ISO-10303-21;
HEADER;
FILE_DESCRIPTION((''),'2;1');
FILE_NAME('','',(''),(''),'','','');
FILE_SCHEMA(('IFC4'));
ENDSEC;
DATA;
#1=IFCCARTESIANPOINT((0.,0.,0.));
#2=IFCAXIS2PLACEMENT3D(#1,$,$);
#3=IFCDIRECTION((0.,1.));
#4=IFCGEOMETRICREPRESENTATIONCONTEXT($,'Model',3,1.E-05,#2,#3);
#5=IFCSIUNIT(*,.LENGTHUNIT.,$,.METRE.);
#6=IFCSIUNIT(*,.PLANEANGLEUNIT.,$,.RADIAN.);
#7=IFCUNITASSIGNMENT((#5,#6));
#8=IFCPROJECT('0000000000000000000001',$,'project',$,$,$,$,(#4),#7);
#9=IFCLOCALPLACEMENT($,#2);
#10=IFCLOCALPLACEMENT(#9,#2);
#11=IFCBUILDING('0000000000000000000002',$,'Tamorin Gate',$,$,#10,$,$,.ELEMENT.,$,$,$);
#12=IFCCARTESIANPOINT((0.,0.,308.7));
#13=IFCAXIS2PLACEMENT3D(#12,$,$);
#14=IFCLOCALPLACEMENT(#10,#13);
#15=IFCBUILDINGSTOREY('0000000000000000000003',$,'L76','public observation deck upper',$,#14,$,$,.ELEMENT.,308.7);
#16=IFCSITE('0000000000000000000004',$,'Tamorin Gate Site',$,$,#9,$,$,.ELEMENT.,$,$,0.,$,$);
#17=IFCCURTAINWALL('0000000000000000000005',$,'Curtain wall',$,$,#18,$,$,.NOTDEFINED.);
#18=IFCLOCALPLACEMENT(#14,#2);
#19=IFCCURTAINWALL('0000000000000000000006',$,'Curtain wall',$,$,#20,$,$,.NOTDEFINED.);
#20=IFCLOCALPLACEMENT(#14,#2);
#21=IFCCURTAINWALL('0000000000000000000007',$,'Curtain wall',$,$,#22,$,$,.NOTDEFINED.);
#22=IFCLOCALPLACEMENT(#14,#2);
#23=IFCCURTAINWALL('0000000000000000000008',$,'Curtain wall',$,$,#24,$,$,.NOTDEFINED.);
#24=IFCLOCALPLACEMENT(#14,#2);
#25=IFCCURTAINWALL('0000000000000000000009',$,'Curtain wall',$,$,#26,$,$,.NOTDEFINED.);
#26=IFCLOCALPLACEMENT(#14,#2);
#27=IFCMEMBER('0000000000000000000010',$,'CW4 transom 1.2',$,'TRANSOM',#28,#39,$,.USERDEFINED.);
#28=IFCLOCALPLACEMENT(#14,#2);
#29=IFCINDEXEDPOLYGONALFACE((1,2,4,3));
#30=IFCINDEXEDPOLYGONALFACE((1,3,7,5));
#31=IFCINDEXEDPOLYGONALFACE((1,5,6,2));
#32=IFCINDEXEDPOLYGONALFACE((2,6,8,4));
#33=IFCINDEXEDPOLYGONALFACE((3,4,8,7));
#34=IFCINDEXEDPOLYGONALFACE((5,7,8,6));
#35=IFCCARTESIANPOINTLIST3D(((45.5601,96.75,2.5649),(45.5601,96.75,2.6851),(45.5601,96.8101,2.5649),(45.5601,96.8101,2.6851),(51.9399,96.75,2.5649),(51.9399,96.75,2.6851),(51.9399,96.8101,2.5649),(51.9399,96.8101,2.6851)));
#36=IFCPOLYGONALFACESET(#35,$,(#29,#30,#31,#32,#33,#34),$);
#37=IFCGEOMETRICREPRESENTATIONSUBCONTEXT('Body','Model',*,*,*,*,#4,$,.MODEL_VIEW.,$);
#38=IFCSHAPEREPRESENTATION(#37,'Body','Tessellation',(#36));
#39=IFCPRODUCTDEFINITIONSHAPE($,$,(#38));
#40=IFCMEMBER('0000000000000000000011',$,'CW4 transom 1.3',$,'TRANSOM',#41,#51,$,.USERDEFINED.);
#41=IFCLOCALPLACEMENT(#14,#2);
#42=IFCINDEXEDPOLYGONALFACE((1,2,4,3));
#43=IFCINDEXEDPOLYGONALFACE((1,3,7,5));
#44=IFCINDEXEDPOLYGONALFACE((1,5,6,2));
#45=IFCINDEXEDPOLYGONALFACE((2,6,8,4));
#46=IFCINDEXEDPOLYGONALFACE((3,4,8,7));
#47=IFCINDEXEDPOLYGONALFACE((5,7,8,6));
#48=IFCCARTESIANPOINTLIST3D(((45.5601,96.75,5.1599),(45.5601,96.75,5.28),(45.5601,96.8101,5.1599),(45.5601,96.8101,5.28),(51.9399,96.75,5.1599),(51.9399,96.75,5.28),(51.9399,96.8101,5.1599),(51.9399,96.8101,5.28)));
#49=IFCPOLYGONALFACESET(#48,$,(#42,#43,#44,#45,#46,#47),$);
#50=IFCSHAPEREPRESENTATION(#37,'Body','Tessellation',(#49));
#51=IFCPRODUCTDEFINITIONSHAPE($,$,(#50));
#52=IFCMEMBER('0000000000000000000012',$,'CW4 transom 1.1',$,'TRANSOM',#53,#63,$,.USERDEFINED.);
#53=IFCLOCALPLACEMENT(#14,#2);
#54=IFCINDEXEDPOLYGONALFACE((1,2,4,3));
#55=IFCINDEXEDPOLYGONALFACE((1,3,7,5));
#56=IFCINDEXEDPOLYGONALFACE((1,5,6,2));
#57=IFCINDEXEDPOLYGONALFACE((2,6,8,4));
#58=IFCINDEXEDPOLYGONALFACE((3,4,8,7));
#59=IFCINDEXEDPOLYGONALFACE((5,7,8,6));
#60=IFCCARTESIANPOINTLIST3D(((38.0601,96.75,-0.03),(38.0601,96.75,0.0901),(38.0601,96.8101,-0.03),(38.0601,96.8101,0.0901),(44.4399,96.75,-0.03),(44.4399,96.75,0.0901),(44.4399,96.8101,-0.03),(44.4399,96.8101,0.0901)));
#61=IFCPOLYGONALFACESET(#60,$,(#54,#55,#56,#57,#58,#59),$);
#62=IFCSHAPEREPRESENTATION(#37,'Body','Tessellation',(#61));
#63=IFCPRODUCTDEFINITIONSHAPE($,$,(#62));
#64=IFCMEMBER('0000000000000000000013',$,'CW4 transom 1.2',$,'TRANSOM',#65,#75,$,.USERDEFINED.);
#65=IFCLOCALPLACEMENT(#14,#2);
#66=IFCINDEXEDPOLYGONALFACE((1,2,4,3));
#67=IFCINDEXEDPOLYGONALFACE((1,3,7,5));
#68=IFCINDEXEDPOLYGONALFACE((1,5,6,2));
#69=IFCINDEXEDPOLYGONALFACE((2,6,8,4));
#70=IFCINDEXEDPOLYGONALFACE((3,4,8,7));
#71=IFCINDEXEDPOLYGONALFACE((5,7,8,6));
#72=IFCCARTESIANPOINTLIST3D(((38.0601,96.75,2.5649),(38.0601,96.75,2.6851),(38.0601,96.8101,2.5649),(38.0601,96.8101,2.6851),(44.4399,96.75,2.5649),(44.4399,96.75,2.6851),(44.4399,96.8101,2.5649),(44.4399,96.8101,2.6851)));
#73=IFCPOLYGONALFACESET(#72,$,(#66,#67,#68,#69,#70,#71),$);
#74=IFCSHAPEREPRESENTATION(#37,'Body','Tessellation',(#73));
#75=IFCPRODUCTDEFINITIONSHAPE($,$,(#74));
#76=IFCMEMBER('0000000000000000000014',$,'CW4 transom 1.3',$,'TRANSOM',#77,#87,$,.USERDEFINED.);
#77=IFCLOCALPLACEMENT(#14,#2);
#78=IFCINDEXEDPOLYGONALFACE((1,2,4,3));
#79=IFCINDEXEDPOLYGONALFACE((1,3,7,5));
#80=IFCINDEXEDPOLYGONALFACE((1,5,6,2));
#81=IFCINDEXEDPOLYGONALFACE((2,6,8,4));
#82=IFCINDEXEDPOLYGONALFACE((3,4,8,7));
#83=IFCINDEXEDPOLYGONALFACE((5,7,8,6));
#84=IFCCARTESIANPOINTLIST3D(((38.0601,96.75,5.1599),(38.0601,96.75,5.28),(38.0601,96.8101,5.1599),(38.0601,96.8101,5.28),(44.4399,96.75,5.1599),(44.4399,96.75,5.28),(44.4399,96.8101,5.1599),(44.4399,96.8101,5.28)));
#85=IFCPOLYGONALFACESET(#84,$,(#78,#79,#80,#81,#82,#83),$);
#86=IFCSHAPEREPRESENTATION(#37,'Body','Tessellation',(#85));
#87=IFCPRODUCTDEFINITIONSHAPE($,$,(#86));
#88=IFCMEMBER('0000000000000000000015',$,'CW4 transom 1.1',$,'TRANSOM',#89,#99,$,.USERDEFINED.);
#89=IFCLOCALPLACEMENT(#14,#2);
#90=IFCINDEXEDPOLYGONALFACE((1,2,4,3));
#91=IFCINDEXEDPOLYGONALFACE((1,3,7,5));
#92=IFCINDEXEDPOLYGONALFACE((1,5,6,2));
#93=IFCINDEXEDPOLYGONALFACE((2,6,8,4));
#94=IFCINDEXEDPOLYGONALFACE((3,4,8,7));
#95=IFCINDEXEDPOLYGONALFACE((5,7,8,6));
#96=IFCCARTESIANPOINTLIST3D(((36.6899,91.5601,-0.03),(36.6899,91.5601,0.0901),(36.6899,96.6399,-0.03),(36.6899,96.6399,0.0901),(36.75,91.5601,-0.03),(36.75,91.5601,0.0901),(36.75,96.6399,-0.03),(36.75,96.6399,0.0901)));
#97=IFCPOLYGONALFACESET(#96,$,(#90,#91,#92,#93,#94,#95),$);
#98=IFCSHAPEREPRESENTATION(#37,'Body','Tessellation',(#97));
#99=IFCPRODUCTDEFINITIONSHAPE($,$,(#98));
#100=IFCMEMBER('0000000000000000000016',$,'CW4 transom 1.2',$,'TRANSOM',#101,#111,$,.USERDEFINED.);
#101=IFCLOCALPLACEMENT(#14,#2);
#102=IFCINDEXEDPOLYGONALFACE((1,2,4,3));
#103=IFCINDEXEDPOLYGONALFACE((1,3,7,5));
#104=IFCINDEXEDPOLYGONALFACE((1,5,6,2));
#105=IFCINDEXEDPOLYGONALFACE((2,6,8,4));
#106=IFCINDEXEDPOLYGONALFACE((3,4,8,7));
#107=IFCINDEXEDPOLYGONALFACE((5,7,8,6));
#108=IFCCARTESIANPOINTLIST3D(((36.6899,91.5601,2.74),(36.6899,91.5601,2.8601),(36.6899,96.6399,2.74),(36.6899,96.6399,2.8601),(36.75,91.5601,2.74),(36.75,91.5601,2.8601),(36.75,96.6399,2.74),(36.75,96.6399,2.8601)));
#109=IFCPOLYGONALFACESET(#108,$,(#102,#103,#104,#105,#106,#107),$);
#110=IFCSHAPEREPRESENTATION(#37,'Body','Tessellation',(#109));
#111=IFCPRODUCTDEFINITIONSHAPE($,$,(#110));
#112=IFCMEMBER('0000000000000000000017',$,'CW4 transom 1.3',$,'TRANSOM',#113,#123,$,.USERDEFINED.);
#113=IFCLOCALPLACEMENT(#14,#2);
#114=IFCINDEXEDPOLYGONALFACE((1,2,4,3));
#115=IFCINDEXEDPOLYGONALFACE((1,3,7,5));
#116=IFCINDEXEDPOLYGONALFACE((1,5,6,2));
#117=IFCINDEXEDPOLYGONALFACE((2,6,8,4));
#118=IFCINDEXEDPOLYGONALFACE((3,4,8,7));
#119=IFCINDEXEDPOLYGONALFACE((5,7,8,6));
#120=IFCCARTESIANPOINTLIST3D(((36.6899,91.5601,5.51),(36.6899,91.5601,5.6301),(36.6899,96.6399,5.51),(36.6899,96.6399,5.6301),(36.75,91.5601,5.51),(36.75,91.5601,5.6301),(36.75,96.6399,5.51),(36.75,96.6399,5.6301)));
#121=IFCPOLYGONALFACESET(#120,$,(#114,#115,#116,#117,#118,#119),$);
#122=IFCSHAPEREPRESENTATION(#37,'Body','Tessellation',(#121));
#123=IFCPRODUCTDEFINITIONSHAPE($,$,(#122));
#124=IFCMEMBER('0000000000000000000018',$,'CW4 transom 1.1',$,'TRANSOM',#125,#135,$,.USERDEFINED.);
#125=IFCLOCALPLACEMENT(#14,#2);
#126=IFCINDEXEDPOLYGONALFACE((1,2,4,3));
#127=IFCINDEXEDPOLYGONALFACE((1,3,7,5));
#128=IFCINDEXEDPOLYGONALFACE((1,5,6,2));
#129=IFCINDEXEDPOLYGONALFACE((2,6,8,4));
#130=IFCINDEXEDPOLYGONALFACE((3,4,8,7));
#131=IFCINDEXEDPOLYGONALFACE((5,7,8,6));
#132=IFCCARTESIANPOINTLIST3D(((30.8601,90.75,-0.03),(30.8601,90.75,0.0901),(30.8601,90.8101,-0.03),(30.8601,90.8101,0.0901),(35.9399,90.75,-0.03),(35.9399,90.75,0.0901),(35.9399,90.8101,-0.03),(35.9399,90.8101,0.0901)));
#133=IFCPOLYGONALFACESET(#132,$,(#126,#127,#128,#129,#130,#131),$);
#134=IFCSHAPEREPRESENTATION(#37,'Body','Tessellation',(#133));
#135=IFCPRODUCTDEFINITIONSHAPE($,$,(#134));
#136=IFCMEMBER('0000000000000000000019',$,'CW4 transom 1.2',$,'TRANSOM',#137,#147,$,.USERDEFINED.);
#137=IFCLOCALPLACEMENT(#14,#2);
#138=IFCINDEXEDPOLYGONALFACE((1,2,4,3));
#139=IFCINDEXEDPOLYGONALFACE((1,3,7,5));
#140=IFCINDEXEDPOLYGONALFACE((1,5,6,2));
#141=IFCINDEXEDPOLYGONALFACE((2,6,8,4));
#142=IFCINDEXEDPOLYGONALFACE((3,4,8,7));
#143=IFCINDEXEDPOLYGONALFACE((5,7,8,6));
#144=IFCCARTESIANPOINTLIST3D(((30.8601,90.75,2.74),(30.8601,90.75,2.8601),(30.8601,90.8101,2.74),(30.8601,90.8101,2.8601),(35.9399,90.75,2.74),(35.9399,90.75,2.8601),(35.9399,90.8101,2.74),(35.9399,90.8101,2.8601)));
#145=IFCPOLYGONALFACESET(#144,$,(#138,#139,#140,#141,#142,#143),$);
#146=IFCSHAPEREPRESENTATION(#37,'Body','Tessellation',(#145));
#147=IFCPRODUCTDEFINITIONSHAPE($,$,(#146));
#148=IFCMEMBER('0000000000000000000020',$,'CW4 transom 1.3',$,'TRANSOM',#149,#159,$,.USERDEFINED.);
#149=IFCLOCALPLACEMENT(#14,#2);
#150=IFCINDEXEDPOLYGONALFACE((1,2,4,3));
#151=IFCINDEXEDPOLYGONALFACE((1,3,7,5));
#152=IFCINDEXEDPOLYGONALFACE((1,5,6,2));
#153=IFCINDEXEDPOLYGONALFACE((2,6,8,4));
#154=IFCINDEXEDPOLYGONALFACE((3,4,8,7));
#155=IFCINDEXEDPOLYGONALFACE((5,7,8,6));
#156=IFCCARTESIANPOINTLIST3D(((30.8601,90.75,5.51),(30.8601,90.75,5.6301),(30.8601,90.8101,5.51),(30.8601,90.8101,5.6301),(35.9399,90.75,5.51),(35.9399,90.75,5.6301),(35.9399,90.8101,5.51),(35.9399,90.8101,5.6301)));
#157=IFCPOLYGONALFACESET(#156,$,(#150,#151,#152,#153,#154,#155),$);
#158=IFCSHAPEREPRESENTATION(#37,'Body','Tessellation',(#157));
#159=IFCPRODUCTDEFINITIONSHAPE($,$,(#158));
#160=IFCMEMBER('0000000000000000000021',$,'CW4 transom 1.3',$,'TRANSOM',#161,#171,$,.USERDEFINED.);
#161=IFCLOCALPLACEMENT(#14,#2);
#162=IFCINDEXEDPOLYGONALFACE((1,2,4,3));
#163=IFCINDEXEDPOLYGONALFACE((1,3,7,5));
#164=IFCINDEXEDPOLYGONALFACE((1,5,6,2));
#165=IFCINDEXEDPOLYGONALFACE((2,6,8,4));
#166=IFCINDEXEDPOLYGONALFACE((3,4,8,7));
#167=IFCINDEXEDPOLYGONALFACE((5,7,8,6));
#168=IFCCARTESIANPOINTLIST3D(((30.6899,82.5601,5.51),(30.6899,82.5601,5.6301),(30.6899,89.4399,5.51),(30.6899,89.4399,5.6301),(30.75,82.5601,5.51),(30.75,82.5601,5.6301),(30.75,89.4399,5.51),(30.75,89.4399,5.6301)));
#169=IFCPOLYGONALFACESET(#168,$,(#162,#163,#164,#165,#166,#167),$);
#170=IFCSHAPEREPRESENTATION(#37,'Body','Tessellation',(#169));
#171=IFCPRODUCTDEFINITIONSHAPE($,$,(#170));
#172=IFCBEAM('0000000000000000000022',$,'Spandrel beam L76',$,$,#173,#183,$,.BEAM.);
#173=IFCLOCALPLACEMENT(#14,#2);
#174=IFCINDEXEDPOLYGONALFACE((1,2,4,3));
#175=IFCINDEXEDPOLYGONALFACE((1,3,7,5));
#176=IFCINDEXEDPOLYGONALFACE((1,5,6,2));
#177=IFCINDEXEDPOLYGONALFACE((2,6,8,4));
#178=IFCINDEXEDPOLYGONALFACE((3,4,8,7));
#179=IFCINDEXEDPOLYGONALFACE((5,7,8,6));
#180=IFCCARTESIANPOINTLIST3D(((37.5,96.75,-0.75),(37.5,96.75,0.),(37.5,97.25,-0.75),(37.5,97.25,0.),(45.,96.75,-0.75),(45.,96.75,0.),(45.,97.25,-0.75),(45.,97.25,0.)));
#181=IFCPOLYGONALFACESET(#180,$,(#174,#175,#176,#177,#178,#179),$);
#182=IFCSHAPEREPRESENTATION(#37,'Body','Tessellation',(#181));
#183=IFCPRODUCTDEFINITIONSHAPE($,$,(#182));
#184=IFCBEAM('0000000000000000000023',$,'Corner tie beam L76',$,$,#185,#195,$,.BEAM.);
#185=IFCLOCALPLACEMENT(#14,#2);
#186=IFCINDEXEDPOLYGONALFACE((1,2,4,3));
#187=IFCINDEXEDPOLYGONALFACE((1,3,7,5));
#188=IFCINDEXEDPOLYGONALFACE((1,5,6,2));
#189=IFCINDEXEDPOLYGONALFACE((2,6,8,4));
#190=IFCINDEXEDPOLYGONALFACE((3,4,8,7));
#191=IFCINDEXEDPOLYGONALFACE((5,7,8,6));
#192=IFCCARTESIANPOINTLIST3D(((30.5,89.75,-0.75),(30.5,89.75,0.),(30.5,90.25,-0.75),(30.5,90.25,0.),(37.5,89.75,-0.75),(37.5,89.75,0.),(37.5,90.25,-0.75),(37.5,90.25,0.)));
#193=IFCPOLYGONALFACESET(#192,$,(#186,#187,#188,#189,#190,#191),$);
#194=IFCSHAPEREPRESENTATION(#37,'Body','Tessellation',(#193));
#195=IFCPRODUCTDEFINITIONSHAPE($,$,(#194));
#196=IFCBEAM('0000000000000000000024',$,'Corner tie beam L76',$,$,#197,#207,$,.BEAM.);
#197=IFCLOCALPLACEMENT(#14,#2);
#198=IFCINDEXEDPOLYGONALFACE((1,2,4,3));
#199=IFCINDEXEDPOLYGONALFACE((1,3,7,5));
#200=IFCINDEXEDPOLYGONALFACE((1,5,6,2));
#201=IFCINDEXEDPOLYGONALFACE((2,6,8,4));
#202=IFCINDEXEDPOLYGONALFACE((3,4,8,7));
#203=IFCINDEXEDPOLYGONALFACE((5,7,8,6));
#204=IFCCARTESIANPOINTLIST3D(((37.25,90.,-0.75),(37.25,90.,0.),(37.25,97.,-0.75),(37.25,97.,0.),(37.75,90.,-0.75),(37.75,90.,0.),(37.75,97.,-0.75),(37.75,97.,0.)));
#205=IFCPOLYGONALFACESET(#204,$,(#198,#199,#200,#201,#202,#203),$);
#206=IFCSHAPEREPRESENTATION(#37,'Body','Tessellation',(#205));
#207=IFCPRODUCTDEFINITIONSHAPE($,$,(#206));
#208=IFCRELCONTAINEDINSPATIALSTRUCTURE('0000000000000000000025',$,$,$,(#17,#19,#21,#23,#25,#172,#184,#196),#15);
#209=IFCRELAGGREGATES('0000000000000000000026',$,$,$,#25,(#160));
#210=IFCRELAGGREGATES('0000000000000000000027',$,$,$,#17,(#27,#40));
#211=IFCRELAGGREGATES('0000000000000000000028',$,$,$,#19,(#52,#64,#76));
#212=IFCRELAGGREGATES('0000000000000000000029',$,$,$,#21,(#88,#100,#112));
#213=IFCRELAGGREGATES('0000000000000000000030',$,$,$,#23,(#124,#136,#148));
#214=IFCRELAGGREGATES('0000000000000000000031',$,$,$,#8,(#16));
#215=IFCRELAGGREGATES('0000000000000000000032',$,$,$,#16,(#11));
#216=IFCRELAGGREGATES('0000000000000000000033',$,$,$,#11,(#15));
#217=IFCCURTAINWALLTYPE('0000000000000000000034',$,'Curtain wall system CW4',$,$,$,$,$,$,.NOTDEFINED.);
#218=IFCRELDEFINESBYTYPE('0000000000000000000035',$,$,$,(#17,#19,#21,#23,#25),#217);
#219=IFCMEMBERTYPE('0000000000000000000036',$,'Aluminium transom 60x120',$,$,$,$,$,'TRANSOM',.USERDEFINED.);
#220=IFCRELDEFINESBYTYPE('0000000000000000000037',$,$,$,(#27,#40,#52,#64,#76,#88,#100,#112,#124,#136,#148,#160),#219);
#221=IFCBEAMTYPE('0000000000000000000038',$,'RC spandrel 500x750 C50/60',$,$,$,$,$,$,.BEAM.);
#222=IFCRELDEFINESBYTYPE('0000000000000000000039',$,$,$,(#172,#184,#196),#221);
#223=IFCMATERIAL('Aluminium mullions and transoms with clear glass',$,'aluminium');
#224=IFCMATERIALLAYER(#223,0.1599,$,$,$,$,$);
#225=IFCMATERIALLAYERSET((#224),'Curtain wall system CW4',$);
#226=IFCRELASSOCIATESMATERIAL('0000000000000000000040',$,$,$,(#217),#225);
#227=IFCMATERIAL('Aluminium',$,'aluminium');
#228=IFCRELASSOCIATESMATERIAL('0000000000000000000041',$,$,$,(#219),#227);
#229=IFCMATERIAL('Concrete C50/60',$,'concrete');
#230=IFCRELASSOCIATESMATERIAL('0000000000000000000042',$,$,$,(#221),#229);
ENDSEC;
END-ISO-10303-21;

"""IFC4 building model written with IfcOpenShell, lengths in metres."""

from ifc_helpers import new_model, si_unit, direction, frame, origin, origin_2d, place, context, subcontext, project, spatial, rectangle, extrude, material, layer, layer_set, material_profile, profile_set, type_object, element, aggregate, save


model = new_model("IFC4")

# Units and contexts
model_context = context("Model", 3, precision=1e-05, world=origin(), true_north=direction((0.0, 1.0)))
body_context = subcontext(model_context, "Body", "Model", "MODEL_VIEW")
ifc_project = project(units=[si_unit("LENGTHUNIT", "METRE"), si_unit("PLANEANGLEUNIT", "RADIAN")], contexts=[model_context])

# Site, building, storey
site_placement = place(None, origin())
site = spatial("IfcSite", under=ifc_project, at=site_placement, Name="Tamorin Gate Site", CompositionType="ELEMENT", RefElevation=0.0)
building_placement = place(site_placement, origin())
building = spatial("IfcBuilding", under=site, at=building_placement, Name="Tamorin Gate", CompositionType="ELEMENT")
storey_placement = place(building_placement, frame((0.0, 0.0, 308.7)))
storey = spatial("IfcBuildingStorey", under=building, at=storey_placement, Name="L76", Description="public observation deck upper", CompositionType="ELEMENT", Elevation=308.7)

# Shared definitions
ifc_material_1 = material(Name="Concrete C50/60", Category="concrete")

# Curtain walls
ifc_material_2 = material(Name="Aluminium mullions and transoms with clear glass", Category="aluminium")
ifc_layer_1 = layer(ifc_material_2, 0.1599)
ifc_layer_set_1 = layer_set([ifc_layer_1], Name="Curtain wall system CW4")
curtain_wall_type = type_object("IfcCurtainWallType", Name="Curtain wall system CW4", PredefinedType="NOTDEFINED", material=ifc_layer_set_1)
curtain_wall_1_placement = place(storey_placement, origin())
curtain_wall_1 = element("IfcCurtainWall", 1, at=curtain_wall_1_placement, inside=storey, type_object=curtain_wall_type, Name="Curtain wall", PredefinedType="NOTDEFINED")
ifc_material_3 = material(Name="Aluminium", Category="aluminium")
curtain_wall_2_placement = place(storey_placement, origin())
curtain_wall_2 = element("IfcCurtainWall", 2, at=curtain_wall_2_placement, inside=storey, type_object=curtain_wall_type, Name="Curtain wall", PredefinedType="NOTDEFINED")
curtain_wall_3_placement = place(storey_placement, origin())
curtain_wall_3 = element("IfcCurtainWall", 3, at=curtain_wall_3_placement, inside=storey, type_object=curtain_wall_type, Name="Curtain wall", PredefinedType="NOTDEFINED")
curtain_wall_4_placement = place(storey_placement, origin())
curtain_wall_4 = element("IfcCurtainWall", 4, at=curtain_wall_4_placement, inside=storey, type_object=curtain_wall_type, Name="Curtain wall", PredefinedType="NOTDEFINED")

# Curtain wall
curtain_wall_5_placement = place(storey_placement, origin())
curtain_wall_5 = element("IfcCurtainWall", 5, at=curtain_wall_5_placement, inside=storey, type_object=curtain_wall_type, Name="Curtain wall", PredefinedType="NOTDEFINED")

# Members
ifc_material_profile_1 = material_profile(ifc_material_3, rectangle(XDim=0.0601, YDim=0.1201, at=origin_2d()), Name="RECT 60x120")
ifc_profile_set_1 = profile_set([ifc_material_profile_1], Name="Aluminium")
member_type_1 = type_object("IfcMemberType", Name="Aluminium transom 60x120", ElementType="TRANSOM", PredefinedType="USERDEFINED", material=ifc_profile_set_1)
member_1_placement = place(storey_placement, frame((51.9399, 96.78, 2.625), z_axis=(-1.0, 0.0, 0.0), x_axis=(0.0, -1.0, 0.0)))
member_1 = element("IfcMember", 6, at=member_1_placement, type_object=member_type_1, Name="CW4 transom 1.2", ObjectType="TRANSOM", PredefinedType="USERDEFINED", context=body_context, shape_type="SweptSolid", body=[
    extrude(rectangle(XDim=0.0601, YDim=0.1201, at=origin_2d()), origin(), (0.0, 0.0, 1.0), 6.3799),
])
member_2_placement = place(storey_placement, frame((51.9399, 96.78, 5.22), z_axis=(-1.0, 0.0, 0.0), x_axis=(0.0, -1.0, 0.0)))
member_2 = element("IfcMember", 7, at=member_2_placement, type_object=member_type_1, Name="CW4 transom 1.3", ObjectType="TRANSOM", PredefinedType="USERDEFINED", context=body_context, shape_type="SweptSolid", body=[
    extrude(rectangle(XDim=0.0601, YDim=0.1201, at=origin_2d()), origin(), (0.0, 0.0, 1.0), 6.3799),
])
member_3_placement = place(storey_placement, frame((44.4399, 96.78, 0.03), z_axis=(-1.0, 0.0, 0.0), x_axis=(0.0, -1.0, 0.0)))
member_3 = element("IfcMember", 8, at=member_3_placement, type_object=member_type_1, Name="CW4 transom 1.1", ObjectType="TRANSOM", PredefinedType="USERDEFINED", context=body_context, shape_type="SweptSolid", body=[
    extrude(rectangle(XDim=0.0601, YDim=0.1201, at=origin_2d()), origin(), (0.0, 0.0, 1.0), 6.3799),
])
member_4_placement = place(storey_placement, frame((44.4399, 96.78, 2.625), z_axis=(-1.0, 0.0, 0.0), x_axis=(0.0, -1.0, 0.0)))
member_4 = element("IfcMember", 9, at=member_4_placement, type_object=member_type_1, Name="CW4 transom 1.2", ObjectType="TRANSOM", PredefinedType="USERDEFINED", context=body_context, shape_type="SweptSolid", body=[
    extrude(rectangle(XDim=0.0601, YDim=0.1201, at=origin_2d()), origin(), (0.0, 0.0, 1.0), 6.3799),
])
member_5_placement = place(storey_placement, frame((44.4399, 96.78, 5.22), z_axis=(-1.0, 0.0, 0.0), x_axis=(0.0, -1.0, 0.0)))
member_5 = element("IfcMember", 10, at=member_5_placement, type_object=member_type_1, Name="CW4 transom 1.3", ObjectType="TRANSOM", PredefinedType="USERDEFINED", context=body_context, shape_type="SweptSolid", body=[
    extrude(rectangle(XDim=0.0601, YDim=0.1201, at=origin_2d()), origin(), (0.0, 0.0, 1.0), 6.3799),
])
member_6_placement = place(storey_placement, frame((36.72, 96.6399, 0.03), z_axis=(0.0, -1.0, 0.0), x_axis=(1.0, 0.0, 0.0)))
member_6 = element("IfcMember", 11, at=member_6_placement, type_object=member_type_1, Name="CW4 transom 1.1", ObjectType="TRANSOM", PredefinedType="USERDEFINED", context=body_context, shape_type="SweptSolid", body=[
    extrude(rectangle(XDim=0.0601, YDim=0.1201, at=origin_2d()), origin(), (0.0, 0.0, 1.0), 5.0798),
])
member_7_placement = place(storey_placement, frame((36.72, 96.6399, 2.8), z_axis=(0.0, -1.0, 0.0), x_axis=(1.0, 0.0, 0.0)))
member_7 = element("IfcMember", 12, at=member_7_placement, type_object=member_type_1, Name="CW4 transom 1.2", ObjectType="TRANSOM", PredefinedType="USERDEFINED", context=body_context, shape_type="SweptSolid", body=[
    extrude(rectangle(XDim=0.0601, YDim=0.1201, at=origin_2d()), origin(), (0.0, 0.0, 1.0), 5.0798),
])
member_8_placement = place(storey_placement, frame((36.72, 96.6399, 5.5701), z_axis=(0.0, -1.0, 0.0), x_axis=(1.0, 0.0, 0.0)))
member_8 = element("IfcMember", 13, at=member_8_placement, type_object=member_type_1, Name="CW4 transom 1.3", ObjectType="TRANSOM", PredefinedType="USERDEFINED", context=body_context, shape_type="SweptSolid", body=[
    extrude(rectangle(XDim=0.0601, YDim=0.1201, at=origin_2d()), origin(), (0.0, 0.0, 1.0), 5.0798),
])
member_9_placement = place(storey_placement, frame((35.9399, 90.78, 0.03), z_axis=(-1.0, 0.0, 0.0), x_axis=(0.0, -1.0, 0.0)))
member_9 = element("IfcMember", 14, at=member_9_placement, type_object=member_type_1, Name="CW4 transom 1.1", ObjectType="TRANSOM", PredefinedType="USERDEFINED", context=body_context, shape_type="SweptSolid", body=[
    extrude(rectangle(XDim=0.0601, YDim=0.1201, at=origin_2d()), origin(), (0.0, 0.0, 1.0), 5.0798),
])
member_10_placement = place(storey_placement, frame((35.9399, 90.78, 2.8), z_axis=(-1.0, 0.0, 0.0), x_axis=(0.0, -1.0, 0.0)))
member_10 = element("IfcMember", 15, at=member_10_placement, type_object=member_type_1, Name="CW4 transom 1.2", ObjectType="TRANSOM", PredefinedType="USERDEFINED", context=body_context, shape_type="SweptSolid", body=[
    extrude(rectangle(XDim=0.0601, YDim=0.1201, at=origin_2d()), origin(), (0.0, 0.0, 1.0), 5.0798),
])
member_11_placement = place(storey_placement, frame((35.9399, 90.78, 5.5701), z_axis=(-1.0, 0.0, 0.0), x_axis=(0.0, -1.0, 0.0)))
member_11 = element("IfcMember", 16, at=member_11_placement, type_object=member_type_1, Name="CW4 transom 1.3", ObjectType="TRANSOM", PredefinedType="USERDEFINED", context=body_context, shape_type="SweptSolid", body=[
    extrude(rectangle(XDim=0.0601, YDim=0.1201, at=origin_2d()), origin(), (0.0, 0.0, 1.0), 5.0798),
])
member_12_placement = place(storey_placement, frame((30.72, 89.4399, 5.5701), z_axis=(0.0, -1.0, 0.0), x_axis=(1.0, 0.0, 0.0)))
member_12 = element("IfcMember", 17, at=member_12_placement, type_object=member_type_1, Name="CW4 transom 1.3", ObjectType="TRANSOM", PredefinedType="USERDEFINED", context=body_context, shape_type="SweptSolid", body=[
    extrude(rectangle(XDim=0.0601, YDim=0.1201, at=origin_2d()), origin(), (0.0, 0.0, 1.0), 6.8799),
])
aggregate(curtain_wall_5, [member_12])

# Beams
ifc_material_profile_2 = material_profile(ifc_material_1, rectangle(XDim=0.5, YDim=0.75, at=origin_2d()), Name="RC 500x750")
ifc_profile_set_2 = profile_set([ifc_material_profile_2], Name="Concrete C50/60")
beam_type = type_object("IfcBeamType", Name="RC spandrel 500x750 C50/60", PredefinedType="BEAM", material=ifc_profile_set_2)
beam_placement = place(storey_placement, frame((45.0, 97.0, -0.375), z_axis=(-1.0, 0.0, 0.0), x_axis=(0.0, -1.0, 0.0)))
element("IfcBeam", 18, at=beam_placement, inside=storey, type_object=beam_type, Name="Spandrel beam L76", PredefinedType="BEAM", context=body_context, shape_type="SweptSolid", body=[
    extrude(rectangle(XDim=0.5, YDim=0.75, at=origin_2d()), origin(), (0.0, 0.0, 1.0), 7.5),
])
for number, where, z_axis, x_axis, name in (
    (19, (37.5, 90.0, -0.375), (-1.0, 0.0, 0.0), (0.0, -1.0, 0.0), "Corner tie beam L76"),
    (20, (37.5, 90.0, -0.375), (0.0, 1.0, 0.0), (-1.0, 0.0, 0.0), "Corner tie beam L76"),
):
    element("IfcBeam", number, at=place(storey_placement, frame(where, z_axis=z_axis, x_axis=x_axis)), inside=storey, type_object=beam_type, Name=name, PredefinedType="BEAM", context=body_context, shape_type="SweptSolid", body=[
        extrude(rectangle(XDim=0.5, YDim=0.75, at=origin_2d()), origin(), (0.0, 0.0, 1.0), 7.0),
    ])

aggregate(curtain_wall_1, [member_1, member_2])
aggregate(curtain_wall_2, [member_3, member_4, member_5])
aggregate(curtain_wall_3, [member_6, member_7, member_8])
aggregate(curtain_wall_4, [member_9, member_10, member_11])

save(model, "model.ifc")
